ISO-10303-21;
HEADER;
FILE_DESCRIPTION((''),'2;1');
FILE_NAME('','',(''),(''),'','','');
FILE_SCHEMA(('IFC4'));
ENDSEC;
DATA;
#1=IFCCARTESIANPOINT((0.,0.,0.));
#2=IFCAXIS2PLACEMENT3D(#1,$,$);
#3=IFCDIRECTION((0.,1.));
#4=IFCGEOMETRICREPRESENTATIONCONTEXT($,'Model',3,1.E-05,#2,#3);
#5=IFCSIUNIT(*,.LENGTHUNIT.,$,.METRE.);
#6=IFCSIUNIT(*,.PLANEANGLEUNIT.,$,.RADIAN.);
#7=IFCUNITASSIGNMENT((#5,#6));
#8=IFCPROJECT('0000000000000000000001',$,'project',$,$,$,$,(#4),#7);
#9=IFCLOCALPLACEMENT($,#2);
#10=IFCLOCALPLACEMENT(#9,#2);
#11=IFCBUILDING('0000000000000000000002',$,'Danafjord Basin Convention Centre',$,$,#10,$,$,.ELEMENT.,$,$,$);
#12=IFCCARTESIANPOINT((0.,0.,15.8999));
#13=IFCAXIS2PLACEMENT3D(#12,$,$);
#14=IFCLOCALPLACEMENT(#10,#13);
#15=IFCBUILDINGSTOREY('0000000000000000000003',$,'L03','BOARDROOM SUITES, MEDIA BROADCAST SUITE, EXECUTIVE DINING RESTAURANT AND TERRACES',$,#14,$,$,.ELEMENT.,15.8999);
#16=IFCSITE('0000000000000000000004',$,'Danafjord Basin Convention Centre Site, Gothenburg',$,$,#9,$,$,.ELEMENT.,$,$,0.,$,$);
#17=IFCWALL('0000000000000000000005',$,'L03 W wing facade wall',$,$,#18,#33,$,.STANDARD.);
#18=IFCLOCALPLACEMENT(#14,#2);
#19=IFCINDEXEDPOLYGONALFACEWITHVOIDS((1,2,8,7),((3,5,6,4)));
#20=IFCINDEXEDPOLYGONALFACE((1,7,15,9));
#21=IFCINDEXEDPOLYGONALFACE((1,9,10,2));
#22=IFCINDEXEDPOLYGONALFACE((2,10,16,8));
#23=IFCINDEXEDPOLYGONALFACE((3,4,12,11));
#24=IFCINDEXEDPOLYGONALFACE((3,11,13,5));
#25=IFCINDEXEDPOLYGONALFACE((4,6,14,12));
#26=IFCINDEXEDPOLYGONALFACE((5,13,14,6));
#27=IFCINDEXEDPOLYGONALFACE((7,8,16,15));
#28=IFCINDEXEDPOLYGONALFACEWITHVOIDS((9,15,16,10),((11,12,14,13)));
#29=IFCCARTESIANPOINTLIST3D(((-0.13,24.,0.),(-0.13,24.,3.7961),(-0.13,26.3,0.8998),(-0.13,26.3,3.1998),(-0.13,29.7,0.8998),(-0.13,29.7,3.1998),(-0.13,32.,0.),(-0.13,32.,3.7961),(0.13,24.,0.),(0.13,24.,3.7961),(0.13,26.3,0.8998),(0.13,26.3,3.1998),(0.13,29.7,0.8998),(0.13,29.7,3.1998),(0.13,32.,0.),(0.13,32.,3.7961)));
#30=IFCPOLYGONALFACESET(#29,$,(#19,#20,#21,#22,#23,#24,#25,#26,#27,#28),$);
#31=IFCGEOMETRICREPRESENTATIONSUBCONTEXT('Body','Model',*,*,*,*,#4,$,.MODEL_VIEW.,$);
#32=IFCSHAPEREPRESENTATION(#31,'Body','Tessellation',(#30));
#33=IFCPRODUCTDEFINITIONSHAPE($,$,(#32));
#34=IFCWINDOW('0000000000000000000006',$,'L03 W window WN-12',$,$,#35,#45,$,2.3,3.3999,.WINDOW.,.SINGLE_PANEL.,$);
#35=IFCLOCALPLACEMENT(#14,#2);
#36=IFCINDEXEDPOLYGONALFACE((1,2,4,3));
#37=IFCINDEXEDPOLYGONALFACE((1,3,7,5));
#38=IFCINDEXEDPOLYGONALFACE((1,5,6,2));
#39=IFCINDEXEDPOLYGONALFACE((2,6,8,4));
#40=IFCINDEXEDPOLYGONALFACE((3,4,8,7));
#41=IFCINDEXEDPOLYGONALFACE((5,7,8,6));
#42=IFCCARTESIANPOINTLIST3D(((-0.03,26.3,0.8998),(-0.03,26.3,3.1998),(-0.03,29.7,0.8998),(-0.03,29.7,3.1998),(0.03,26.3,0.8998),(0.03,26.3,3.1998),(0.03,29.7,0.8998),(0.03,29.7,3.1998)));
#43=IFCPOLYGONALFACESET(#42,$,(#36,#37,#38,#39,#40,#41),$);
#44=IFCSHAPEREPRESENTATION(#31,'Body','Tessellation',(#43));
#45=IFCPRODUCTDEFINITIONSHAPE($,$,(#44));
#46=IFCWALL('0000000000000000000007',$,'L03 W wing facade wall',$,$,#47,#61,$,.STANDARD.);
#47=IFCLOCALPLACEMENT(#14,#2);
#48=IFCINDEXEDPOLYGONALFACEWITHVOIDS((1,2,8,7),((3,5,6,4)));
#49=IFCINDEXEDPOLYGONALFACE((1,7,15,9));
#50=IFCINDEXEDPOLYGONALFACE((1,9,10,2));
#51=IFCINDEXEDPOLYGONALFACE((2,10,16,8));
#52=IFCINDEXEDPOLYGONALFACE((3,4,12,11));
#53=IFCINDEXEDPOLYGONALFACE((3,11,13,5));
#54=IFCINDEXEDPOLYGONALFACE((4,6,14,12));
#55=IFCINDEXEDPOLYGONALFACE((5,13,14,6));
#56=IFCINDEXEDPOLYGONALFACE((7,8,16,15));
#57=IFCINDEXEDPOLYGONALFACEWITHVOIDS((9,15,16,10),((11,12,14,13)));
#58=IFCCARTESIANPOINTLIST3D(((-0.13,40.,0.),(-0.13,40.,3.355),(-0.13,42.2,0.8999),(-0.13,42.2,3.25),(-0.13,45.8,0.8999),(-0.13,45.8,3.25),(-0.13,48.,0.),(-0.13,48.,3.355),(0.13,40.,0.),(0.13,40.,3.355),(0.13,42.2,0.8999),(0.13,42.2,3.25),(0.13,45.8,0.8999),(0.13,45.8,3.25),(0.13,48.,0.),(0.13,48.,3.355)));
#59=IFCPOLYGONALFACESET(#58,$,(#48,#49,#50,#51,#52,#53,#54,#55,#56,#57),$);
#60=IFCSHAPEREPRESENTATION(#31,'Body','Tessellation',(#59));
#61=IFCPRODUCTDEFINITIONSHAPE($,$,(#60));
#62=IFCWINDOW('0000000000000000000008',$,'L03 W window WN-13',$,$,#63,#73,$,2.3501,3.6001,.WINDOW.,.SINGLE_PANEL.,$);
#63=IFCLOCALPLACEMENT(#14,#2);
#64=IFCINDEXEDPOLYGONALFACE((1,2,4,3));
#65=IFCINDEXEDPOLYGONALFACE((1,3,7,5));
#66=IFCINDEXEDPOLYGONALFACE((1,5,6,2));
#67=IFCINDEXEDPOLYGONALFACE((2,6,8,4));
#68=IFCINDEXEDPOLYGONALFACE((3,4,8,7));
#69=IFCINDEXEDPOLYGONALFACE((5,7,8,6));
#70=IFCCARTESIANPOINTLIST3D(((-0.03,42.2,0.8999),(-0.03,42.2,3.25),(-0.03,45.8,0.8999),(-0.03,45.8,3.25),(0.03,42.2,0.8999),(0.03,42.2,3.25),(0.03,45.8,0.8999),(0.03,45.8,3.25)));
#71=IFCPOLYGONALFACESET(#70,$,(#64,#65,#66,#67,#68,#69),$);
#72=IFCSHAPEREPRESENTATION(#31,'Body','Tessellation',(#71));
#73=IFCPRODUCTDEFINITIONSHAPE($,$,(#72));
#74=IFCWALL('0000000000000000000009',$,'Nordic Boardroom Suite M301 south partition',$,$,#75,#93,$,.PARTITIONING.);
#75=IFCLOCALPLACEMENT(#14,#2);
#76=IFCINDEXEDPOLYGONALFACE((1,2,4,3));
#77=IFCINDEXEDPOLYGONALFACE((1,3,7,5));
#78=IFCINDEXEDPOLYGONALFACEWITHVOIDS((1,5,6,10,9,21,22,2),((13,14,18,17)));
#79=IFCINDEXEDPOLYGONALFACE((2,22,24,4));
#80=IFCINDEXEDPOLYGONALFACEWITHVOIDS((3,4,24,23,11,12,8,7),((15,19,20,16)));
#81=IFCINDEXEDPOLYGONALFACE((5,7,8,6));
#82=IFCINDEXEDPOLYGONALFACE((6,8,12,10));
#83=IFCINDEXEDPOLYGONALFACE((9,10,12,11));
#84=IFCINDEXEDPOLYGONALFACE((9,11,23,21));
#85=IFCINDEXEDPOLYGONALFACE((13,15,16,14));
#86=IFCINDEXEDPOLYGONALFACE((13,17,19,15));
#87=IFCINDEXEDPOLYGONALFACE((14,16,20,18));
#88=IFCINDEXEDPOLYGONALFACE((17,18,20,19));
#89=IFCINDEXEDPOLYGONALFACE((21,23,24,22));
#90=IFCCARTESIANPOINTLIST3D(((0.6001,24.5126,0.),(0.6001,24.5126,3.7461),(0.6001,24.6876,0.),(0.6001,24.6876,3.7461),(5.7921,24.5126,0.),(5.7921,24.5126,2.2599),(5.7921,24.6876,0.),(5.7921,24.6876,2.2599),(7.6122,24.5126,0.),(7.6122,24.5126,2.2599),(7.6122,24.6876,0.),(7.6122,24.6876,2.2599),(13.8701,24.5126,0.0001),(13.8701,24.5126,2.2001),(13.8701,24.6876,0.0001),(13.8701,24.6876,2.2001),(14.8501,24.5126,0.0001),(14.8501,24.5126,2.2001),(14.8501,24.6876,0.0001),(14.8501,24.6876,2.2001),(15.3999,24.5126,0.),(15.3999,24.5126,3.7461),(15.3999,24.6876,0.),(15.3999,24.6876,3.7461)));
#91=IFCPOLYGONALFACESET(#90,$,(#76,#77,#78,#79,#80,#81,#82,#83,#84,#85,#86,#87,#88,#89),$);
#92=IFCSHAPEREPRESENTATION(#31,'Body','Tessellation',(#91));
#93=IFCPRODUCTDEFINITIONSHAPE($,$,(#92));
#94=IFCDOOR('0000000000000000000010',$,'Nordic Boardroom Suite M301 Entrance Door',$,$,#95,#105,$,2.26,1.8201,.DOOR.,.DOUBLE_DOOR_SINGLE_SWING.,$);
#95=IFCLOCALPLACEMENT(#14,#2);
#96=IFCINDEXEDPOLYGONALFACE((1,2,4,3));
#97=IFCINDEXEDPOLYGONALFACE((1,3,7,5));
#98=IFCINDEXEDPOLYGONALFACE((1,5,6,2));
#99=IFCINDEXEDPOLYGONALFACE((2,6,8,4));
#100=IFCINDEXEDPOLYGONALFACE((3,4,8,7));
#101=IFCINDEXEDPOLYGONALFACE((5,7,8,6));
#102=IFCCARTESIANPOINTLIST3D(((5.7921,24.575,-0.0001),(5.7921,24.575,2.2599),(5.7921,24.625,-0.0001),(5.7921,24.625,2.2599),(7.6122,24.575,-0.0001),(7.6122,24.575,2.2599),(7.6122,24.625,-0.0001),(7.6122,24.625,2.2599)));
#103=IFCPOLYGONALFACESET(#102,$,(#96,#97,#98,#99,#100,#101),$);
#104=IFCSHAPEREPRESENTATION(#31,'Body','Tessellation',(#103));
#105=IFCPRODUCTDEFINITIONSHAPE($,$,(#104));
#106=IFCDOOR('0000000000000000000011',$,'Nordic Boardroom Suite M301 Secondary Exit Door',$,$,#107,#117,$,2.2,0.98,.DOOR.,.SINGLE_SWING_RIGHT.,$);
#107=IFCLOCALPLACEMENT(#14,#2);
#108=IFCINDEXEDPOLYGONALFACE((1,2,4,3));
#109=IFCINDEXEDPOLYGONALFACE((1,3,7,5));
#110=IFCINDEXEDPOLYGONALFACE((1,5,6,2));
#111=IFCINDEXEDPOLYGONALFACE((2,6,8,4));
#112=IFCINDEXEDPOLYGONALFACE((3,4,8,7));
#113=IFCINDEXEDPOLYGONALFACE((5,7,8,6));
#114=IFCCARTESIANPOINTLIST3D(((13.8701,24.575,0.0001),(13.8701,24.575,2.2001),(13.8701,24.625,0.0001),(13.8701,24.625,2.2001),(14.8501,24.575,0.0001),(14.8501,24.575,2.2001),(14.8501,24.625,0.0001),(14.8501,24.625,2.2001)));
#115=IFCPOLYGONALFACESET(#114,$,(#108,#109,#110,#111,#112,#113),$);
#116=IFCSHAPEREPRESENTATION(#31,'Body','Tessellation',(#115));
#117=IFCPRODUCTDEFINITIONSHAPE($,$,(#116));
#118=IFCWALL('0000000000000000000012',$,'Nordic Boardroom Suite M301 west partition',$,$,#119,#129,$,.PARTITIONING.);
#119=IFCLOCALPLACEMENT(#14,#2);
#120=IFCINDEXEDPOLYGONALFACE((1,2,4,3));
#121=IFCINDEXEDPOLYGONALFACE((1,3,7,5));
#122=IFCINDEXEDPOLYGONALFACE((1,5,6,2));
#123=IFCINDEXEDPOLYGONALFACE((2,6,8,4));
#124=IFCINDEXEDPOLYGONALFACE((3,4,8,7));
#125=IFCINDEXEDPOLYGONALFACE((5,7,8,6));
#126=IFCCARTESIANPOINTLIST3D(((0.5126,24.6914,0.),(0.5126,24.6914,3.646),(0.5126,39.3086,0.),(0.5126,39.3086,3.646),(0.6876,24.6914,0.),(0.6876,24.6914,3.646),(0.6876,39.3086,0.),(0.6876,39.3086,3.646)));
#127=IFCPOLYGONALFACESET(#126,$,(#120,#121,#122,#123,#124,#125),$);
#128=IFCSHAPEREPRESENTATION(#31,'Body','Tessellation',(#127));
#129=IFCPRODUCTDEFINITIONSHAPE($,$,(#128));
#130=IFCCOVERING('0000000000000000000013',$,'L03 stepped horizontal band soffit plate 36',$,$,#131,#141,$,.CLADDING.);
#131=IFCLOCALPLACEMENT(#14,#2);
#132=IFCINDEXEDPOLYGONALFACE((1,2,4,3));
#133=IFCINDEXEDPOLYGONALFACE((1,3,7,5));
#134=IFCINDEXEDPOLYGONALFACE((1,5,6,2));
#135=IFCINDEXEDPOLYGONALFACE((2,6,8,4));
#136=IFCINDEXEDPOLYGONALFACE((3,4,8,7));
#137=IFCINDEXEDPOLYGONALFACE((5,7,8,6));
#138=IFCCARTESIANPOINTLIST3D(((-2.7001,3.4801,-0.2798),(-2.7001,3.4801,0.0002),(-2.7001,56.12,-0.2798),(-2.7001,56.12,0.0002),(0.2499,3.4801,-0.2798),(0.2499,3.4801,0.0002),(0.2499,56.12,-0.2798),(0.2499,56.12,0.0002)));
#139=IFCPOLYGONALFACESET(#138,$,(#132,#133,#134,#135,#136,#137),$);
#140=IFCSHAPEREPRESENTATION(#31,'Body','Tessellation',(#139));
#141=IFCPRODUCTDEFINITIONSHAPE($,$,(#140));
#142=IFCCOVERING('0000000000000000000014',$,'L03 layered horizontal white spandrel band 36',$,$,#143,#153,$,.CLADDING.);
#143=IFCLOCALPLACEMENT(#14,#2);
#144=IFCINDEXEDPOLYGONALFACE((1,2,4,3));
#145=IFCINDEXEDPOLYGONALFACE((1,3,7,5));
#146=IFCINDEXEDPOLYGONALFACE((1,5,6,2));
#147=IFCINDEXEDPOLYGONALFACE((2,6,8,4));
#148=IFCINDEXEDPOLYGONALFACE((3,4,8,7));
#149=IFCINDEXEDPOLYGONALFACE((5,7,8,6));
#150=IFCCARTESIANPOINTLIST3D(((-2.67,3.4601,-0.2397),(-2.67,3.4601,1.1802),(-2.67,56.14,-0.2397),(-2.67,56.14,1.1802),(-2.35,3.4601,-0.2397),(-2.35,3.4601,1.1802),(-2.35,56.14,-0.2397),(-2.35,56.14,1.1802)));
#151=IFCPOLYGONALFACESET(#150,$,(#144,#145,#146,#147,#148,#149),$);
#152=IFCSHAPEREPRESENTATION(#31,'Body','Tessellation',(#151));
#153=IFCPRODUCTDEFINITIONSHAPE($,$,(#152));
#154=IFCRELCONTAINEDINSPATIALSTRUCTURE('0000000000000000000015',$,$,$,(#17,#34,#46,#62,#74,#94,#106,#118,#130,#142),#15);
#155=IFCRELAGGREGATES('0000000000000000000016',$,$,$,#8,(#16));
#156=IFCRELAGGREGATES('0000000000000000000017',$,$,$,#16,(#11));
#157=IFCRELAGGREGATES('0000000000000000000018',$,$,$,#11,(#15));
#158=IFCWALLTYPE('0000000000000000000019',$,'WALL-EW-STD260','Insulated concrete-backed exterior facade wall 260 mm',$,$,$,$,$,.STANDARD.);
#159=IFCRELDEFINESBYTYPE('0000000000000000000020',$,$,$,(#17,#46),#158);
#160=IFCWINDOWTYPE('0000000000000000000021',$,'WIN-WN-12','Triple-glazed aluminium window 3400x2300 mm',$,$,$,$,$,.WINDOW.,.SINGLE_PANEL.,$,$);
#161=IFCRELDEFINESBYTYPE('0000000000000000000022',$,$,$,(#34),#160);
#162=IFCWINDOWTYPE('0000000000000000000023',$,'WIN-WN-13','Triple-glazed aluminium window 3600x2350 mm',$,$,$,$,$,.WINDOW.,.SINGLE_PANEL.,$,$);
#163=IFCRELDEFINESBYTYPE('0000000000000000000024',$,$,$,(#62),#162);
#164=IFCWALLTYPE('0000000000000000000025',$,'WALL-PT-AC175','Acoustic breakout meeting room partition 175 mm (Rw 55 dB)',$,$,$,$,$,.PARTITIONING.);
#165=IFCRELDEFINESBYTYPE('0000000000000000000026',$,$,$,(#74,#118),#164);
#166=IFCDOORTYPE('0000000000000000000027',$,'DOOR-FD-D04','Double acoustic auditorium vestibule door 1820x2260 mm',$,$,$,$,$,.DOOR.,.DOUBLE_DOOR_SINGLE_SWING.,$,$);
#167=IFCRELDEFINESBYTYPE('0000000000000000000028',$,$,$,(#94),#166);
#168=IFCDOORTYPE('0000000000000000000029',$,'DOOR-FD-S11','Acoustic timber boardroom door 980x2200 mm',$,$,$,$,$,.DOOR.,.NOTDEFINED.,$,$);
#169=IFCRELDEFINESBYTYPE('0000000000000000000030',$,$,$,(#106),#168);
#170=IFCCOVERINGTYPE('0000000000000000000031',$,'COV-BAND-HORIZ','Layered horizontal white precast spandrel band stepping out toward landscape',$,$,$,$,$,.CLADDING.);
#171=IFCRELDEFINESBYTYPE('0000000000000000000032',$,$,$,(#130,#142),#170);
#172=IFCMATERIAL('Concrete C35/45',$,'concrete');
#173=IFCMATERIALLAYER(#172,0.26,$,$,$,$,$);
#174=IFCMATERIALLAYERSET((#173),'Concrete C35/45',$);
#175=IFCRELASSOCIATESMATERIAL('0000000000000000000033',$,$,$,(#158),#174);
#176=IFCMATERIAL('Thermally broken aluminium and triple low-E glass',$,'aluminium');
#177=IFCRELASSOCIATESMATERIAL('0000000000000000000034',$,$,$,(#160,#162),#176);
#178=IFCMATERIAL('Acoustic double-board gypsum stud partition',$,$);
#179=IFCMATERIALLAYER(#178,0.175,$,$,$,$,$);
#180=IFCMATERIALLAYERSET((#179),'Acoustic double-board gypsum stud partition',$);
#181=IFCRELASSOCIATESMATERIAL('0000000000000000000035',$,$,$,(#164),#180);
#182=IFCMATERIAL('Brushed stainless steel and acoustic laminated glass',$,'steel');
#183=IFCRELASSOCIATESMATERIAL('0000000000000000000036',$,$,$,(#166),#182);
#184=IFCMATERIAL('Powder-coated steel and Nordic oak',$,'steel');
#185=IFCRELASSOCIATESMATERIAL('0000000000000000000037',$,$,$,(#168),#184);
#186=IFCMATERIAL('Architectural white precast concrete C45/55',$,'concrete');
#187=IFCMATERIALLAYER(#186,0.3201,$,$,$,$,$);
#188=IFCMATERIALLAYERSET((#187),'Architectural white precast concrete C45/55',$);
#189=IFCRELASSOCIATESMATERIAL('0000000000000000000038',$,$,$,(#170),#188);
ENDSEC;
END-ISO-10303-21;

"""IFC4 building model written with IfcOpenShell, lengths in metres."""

from ifc_helpers import new_model, si_unit, direction, frame, frame_2d, origin, origin_2d, place, context, subcontext, project, spatial, rectangle, extrude, material, layer, layer_set, type_object, element, fill, save


model = new_model("IFC4")

# Units and contexts
model_context = context("Model", 3, precision=1e-05, world=origin(), true_north=direction((0.0, 1.0)))
body_context = subcontext(model_context, "Body", "Model", "MODEL_VIEW")
ifc_project = project(units=[si_unit("LENGTHUNIT", "METRE"), si_unit("PLANEANGLEUNIT", "RADIAN")], contexts=[model_context])

# Site, building, storey
site_placement = place(None, origin())
site = spatial("IfcSite", under=ifc_project, at=site_placement, Name="Danafjord Basin Convention Centre Site, Gothenburg", CompositionType="ELEMENT", RefElevation=0.0)
building_placement = place(site_placement, origin())
building = spatial("IfcBuilding", under=site, at=building_placement, Name="Danafjord Basin Convention Centre", CompositionType="ELEMENT")
storey_placement = place(building_placement, frame((0.0, 0.0, 15.8999)))
storey = spatial("IfcBuildingStorey", under=building, at=storey_placement, Name="L03", Description="BOARDROOM SUITES, MEDIA BROADCAST SUITE, EXECUTIVE DINING RESTAURANT AND TERRACES", CompositionType="ELEMENT", Elevation=15.8999)

# Walls, openings, windows
ifc_material_1 = material(Name="Concrete C35/45", Category="concrete")
ifc_layer_1 = layer(ifc_material_1, 0.26)
ifc_layer_set_1 = layer_set([ifc_layer_1], Name="Concrete C35/45")
wall_type_1 = type_object("IfcWallType", Name="WALL-EW-STD260", Description="Insulated concrete-backed exterior facade wall 260 mm", PredefinedType="STANDARD", material=ifc_layer_set_1)
wall_1_placement = place(storey_placement, frame((0.0, 24.0, 0.0), z_axis=(0.0, 0.0, 1.0), x_axis=(0.0, 1.0, 0.0)))
wall_1 = element("IfcWall", 1, at=wall_1_placement, inside=storey, type_object=wall_type_1, Name="L03 W wing facade wall", PredefinedType="STANDARD", context=body_context, shape_type="SweptSolid", body=[
    extrude(rectangle(XDim=8.0, YDim=0.26, at=frame_2d((4.0, 0.0))), origin(), (0.0, 0.0, 1.0), 3.7961),
])
opening_1_placement = place(wall_1_placement, frame((2.3, 0.0, 0.8999)))
opening_1 = element("IfcOpeningElement", 2, at=opening_1_placement, cuts=wall_1, PredefinedType="OPENING", context=body_context, shape_type="SweptSolid", body=[
    extrude(rectangle(XDim=3.3999, YDim=2.3, at=frame_2d((1.7, 1.1499))), frame((0.0, 0.1399, 0.0), z_axis=(0.0, -1.0, 0.0), x_axis=(1.0, 0.0, 0.0)), (0.0, 0.0, 1.0), 0.28),
])
ifc_material_2 = material(Name="Thermally broken aluminium and triple low-E glass", Category="aluminium")
window_type_1 = type_object("IfcWindowType", Name="WIN-WN-12", Description="Triple-glazed aluminium window 3400x2300 mm", PartitioningType="SINGLE_PANEL", PredefinedType="WINDOW", material=ifc_material_2)
window_1_placement = place(opening_1_placement, origin())
window_1 = element("IfcWindow", 3, at=window_1_placement, inside=storey, type_object=window_type_1, Name="L03 W window WN-12", OverallHeight=2.3, OverallWidth=3.3999, PartitioningType="SINGLE_PANEL", PredefinedType="WINDOW", context=body_context, shape_type="SweptSolid", body=[
    extrude(rectangle(XDim=3.3999, YDim=2.3, at=frame_2d((1.7, 1.1499))), frame((0.0, 0.03, 0.0), z_axis=(0.0, -1.0, 0.0), x_axis=(1.0, 0.0, 0.0)), (0.0, 0.0, 1.0), 0.0601),
])
fill(opening_1, window_1)
wall_2_placement = place(storey_placement, frame((0.0, 40.0, 0.0), z_axis=(0.0, 0.0, 1.0), x_axis=(0.0, 1.0, 0.0)))
wall_2 = element("IfcWall", 4, at=wall_2_placement, inside=storey, type_object=wall_type_1, Name="L03 W wing facade wall", PredefinedType="STANDARD", context=body_context, shape_type="SweptSolid", body=[
    extrude(rectangle(XDim=8.0, YDim=0.26, at=frame_2d((4.0, 0.0))), origin(), (0.0, 0.0, 1.0), 3.355),
])
opening_2_placement = place(wall_2_placement, frame((2.2, 0.0, 0.8999)))
opening_2 = element("IfcOpeningElement", 5, at=opening_2_placement, cuts=wall_2, PredefinedType="OPENING", context=body_context, shape_type="SweptSolid", body=[
    extrude(rectangle(XDim=3.6001, YDim=2.3501, at=frame_2d((1.8, 1.175))), frame((0.0, 0.1399, 0.0), z_axis=(0.0, -1.0, 0.0), x_axis=(1.0, 0.0, 0.0)), (0.0, 0.0, 1.0), 0.28),
])
window_type_2 = type_object("IfcWindowType", Name="WIN-WN-13", Description="Triple-glazed aluminium window 3600x2350 mm", PartitioningType="SINGLE_PANEL", PredefinedType="WINDOW", material=ifc_material_2)
window_2_placement = place(opening_2_placement, origin())
window_2 = element("IfcWindow", 6, at=window_2_placement, inside=storey, type_object=window_type_2, Name="L03 W window WN-13", OverallHeight=2.3501, OverallWidth=3.6001, PartitioningType="SINGLE_PANEL", PredefinedType="WINDOW", context=body_context, shape_type="SweptSolid", body=[
    extrude(rectangle(XDim=3.6001, YDim=2.3501, at=frame_2d((1.8, 1.175))), frame((0.0, 0.03, 0.0), z_axis=(0.0, -1.0, 0.0), x_axis=(1.0, 0.0, 0.0)), (0.0, 0.0, 1.0), 0.0601),
])
fill(opening_2, window_2)

# Wall, openings, doors
ifc_material_3 = material(Name="Acoustic double-board gypsum stud partition")
ifc_layer_2 = layer(ifc_material_3, 0.175)
ifc_layer_set_2 = layer_set([ifc_layer_2], Name="Acoustic double-board gypsum stud partition")
wall_type_2 = type_object("IfcWallType", Name="WALL-PT-AC175", Description="Acoustic breakout meeting room partition 175 mm (Rw 55 dB)", PredefinedType="PARTITIONING", material=ifc_layer_set_2)
wall_3_placement = place(storey_placement, frame((0.6001, 24.6001, 0.0), z_axis=(0.0, 0.0, 1.0), x_axis=(1.0, 0.0, 0.0)))
wall_3 = element("IfcWall", 7, at=wall_3_placement, inside=storey, type_object=wall_type_2, Name="Nordic Boardroom Suite M301 south partition", PredefinedType="PARTITIONING", context=body_context, shape_type="SweptSolid", body=[
    extrude(rectangle(XDim=14.7998, YDim=0.175, at=frame_2d((7.3999, 0.0))), origin(), (0.0, 0.0, 1.0), 3.7461),
])
opening_3_placement = place(wall_3_placement, frame((5.1919, 0.0, 0.0)))
opening_3 = element("IfcOpeningElement", 8, at=opening_3_placement, cuts=wall_3, PredefinedType="OPENING", context=body_context, shape_type="SweptSolid", body=[
    extrude(rectangle(XDim=1.8201, YDim=2.26, at=frame_2d((0.9102, 1.1299))), frame((0.0, 0.0974, 0.0), z_axis=(0.0, -1.0, 0.0), x_axis=(1.0, 0.0, 0.0)), (0.0, 0.0, 1.0), 0.1951),
])
opening_4_placement = place(wall_3_placement, frame((13.27, 0.0, 0.0)))
opening_4 = element("IfcOpeningElement", 9, at=opening_4_placement, cuts=wall_3, PredefinedType="OPENING", context=body_context, shape_type="SweptSolid", body=[
    extrude(rectangle(XDim=0.98, YDim=2.2, at=frame_2d((0.49, 1.1001))), frame((0.0, 0.0974, 0.0), z_axis=(0.0, -1.0, 0.0), x_axis=(1.0, 0.0, 0.0)), (0.0, 0.0, 1.0), 0.1951),
])
ifc_material_4 = material(Name="Brushed stainless steel and acoustic laminated glass", Category="steel")
door_type_1 = type_object("IfcDoorType", Name="DOOR-FD-D04", Description="Double acoustic auditorium vestibule door 1820x2260 mm", OperationType="DOUBLE_DOOR_SINGLE_SWING", PredefinedType="DOOR", material=ifc_material_4)
door_1_placement = place(opening_3_placement, origin())
door_1 = element("IfcDoor", 10, at=door_1_placement, inside=storey, type_object=door_type_1, Name="Nordic Boardroom Suite M301 Entrance Door", OperationType="DOUBLE_DOOR_SINGLE_SWING", OverallHeight=2.26, OverallWidth=1.8201, PredefinedType="DOOR", context=body_context, shape_type="SweptSolid", body=[
    extrude(rectangle(XDim=1.8201, YDim=2.26, at=frame_2d((0.9102, 1.1299))), frame((0.0, 0.0249, 0.0), z_axis=(0.0, -1.0, 0.0), x_axis=(1.0, 0.0, 0.0)), (0.0, 0.0, 1.0), 0.05),
])
fill(opening_3, door_1)
ifc_material_5 = material(Name="Powder-coated steel and Nordic oak", Category="steel")
door_type_2 = type_object("IfcDoorType", Name="DOOR-FD-S11", Description="Acoustic timber boardroom door 980x2200 mm", OperationType="NOTDEFINED", PredefinedType="DOOR", material=ifc_material_5)
door_2_placement = place(opening_4_placement, origin())
door_2 = element("IfcDoor", 11, at=door_2_placement, inside=storey, type_object=door_type_2, Name="Nordic Boardroom Suite M301 Secondary Exit Door", OperationType="SINGLE_SWING_RIGHT", OverallHeight=2.2, OverallWidth=0.98, PredefinedType="DOOR", context=body_context, shape_type="SweptSolid", body=[
    extrude(rectangle(XDim=0.98, YDim=2.2, at=frame_2d((0.49, 1.1001))), frame((0.0, 0.0249, 0.0), z_axis=(0.0, -1.0, 0.0), x_axis=(1.0, 0.0, 0.0)), (0.0, 0.0, 1.0), 0.05),
])
fill(opening_4, door_2)

# Wall
wall_4_placement = place(storey_placement, frame((0.6001, 39.3086, 0.0), z_axis=(0.0, 0.0, 1.0), x_axis=(0.0, -1.0, 0.0)))
element("IfcWall", 12, at=wall_4_placement, inside=storey, type_object=wall_type_2, Name="Nordic Boardroom Suite M301 west partition", PredefinedType="PARTITIONING", context=body_context, shape_type="SweptSolid", body=[
    extrude(rectangle(XDim=14.6172, YDim=0.175, at=frame_2d((7.3086, 0.0))), origin(), (0.0, 0.0, 1.0), 3.646),
])

# Coverings
ifc_material_6 = material(Name="Architectural white precast concrete C45/55", Category="concrete")
ifc_layer_3 = layer(ifc_material_6, 0.3201)
ifc_layer_set_3 = layer_set([ifc_layer_3], Name="Architectural white precast concrete C45/55")
covering_type = type_object("IfcCoveringType", Name="COV-BAND-HORIZ", Description="Layered horizontal white precast spandrel band stepping out toward landscape", PredefinedType="CLADDING", material=ifc_layer_set_3)
covering_1_placement = place(storey_placement, frame((-1.2251, 29.8, -0.2798), z_axis=(0.0, 0.0, 1.0), x_axis=(0.0, -1.0, 0.0)))
element("IfcCovering", 13, at=covering_1_placement, inside=storey, type_object=covering_type, Name="L03 stepped horizontal band soffit plate 36", PredefinedType="CLADDING", context=body_context, shape_type="SweptSolid", body=[
    extrude(rectangle(XDim=52.6399, YDim=2.95, at=origin_2d()), origin(), (0.0, 0.0, 1.0), 0.28),
])
covering_2_placement = place(storey_placement, frame((-2.51, 29.8, -0.2397), z_axis=(0.0, 0.0, 1.0), x_axis=(0.0, -1.0, 0.0)))
element("IfcCovering", 14, at=covering_2_placement, inside=storey, type_object=covering_type, Name="L03 layered horizontal white spandrel band 36", PredefinedType="CLADDING", context=body_context, shape_type="SweptSolid", body=[
    extrude(rectangle(XDim=52.6799, YDim=0.3201, at=origin_2d()), origin(), (0.0, 0.0, 1.0), 1.4199),
])

save(model, "model.ifc")
